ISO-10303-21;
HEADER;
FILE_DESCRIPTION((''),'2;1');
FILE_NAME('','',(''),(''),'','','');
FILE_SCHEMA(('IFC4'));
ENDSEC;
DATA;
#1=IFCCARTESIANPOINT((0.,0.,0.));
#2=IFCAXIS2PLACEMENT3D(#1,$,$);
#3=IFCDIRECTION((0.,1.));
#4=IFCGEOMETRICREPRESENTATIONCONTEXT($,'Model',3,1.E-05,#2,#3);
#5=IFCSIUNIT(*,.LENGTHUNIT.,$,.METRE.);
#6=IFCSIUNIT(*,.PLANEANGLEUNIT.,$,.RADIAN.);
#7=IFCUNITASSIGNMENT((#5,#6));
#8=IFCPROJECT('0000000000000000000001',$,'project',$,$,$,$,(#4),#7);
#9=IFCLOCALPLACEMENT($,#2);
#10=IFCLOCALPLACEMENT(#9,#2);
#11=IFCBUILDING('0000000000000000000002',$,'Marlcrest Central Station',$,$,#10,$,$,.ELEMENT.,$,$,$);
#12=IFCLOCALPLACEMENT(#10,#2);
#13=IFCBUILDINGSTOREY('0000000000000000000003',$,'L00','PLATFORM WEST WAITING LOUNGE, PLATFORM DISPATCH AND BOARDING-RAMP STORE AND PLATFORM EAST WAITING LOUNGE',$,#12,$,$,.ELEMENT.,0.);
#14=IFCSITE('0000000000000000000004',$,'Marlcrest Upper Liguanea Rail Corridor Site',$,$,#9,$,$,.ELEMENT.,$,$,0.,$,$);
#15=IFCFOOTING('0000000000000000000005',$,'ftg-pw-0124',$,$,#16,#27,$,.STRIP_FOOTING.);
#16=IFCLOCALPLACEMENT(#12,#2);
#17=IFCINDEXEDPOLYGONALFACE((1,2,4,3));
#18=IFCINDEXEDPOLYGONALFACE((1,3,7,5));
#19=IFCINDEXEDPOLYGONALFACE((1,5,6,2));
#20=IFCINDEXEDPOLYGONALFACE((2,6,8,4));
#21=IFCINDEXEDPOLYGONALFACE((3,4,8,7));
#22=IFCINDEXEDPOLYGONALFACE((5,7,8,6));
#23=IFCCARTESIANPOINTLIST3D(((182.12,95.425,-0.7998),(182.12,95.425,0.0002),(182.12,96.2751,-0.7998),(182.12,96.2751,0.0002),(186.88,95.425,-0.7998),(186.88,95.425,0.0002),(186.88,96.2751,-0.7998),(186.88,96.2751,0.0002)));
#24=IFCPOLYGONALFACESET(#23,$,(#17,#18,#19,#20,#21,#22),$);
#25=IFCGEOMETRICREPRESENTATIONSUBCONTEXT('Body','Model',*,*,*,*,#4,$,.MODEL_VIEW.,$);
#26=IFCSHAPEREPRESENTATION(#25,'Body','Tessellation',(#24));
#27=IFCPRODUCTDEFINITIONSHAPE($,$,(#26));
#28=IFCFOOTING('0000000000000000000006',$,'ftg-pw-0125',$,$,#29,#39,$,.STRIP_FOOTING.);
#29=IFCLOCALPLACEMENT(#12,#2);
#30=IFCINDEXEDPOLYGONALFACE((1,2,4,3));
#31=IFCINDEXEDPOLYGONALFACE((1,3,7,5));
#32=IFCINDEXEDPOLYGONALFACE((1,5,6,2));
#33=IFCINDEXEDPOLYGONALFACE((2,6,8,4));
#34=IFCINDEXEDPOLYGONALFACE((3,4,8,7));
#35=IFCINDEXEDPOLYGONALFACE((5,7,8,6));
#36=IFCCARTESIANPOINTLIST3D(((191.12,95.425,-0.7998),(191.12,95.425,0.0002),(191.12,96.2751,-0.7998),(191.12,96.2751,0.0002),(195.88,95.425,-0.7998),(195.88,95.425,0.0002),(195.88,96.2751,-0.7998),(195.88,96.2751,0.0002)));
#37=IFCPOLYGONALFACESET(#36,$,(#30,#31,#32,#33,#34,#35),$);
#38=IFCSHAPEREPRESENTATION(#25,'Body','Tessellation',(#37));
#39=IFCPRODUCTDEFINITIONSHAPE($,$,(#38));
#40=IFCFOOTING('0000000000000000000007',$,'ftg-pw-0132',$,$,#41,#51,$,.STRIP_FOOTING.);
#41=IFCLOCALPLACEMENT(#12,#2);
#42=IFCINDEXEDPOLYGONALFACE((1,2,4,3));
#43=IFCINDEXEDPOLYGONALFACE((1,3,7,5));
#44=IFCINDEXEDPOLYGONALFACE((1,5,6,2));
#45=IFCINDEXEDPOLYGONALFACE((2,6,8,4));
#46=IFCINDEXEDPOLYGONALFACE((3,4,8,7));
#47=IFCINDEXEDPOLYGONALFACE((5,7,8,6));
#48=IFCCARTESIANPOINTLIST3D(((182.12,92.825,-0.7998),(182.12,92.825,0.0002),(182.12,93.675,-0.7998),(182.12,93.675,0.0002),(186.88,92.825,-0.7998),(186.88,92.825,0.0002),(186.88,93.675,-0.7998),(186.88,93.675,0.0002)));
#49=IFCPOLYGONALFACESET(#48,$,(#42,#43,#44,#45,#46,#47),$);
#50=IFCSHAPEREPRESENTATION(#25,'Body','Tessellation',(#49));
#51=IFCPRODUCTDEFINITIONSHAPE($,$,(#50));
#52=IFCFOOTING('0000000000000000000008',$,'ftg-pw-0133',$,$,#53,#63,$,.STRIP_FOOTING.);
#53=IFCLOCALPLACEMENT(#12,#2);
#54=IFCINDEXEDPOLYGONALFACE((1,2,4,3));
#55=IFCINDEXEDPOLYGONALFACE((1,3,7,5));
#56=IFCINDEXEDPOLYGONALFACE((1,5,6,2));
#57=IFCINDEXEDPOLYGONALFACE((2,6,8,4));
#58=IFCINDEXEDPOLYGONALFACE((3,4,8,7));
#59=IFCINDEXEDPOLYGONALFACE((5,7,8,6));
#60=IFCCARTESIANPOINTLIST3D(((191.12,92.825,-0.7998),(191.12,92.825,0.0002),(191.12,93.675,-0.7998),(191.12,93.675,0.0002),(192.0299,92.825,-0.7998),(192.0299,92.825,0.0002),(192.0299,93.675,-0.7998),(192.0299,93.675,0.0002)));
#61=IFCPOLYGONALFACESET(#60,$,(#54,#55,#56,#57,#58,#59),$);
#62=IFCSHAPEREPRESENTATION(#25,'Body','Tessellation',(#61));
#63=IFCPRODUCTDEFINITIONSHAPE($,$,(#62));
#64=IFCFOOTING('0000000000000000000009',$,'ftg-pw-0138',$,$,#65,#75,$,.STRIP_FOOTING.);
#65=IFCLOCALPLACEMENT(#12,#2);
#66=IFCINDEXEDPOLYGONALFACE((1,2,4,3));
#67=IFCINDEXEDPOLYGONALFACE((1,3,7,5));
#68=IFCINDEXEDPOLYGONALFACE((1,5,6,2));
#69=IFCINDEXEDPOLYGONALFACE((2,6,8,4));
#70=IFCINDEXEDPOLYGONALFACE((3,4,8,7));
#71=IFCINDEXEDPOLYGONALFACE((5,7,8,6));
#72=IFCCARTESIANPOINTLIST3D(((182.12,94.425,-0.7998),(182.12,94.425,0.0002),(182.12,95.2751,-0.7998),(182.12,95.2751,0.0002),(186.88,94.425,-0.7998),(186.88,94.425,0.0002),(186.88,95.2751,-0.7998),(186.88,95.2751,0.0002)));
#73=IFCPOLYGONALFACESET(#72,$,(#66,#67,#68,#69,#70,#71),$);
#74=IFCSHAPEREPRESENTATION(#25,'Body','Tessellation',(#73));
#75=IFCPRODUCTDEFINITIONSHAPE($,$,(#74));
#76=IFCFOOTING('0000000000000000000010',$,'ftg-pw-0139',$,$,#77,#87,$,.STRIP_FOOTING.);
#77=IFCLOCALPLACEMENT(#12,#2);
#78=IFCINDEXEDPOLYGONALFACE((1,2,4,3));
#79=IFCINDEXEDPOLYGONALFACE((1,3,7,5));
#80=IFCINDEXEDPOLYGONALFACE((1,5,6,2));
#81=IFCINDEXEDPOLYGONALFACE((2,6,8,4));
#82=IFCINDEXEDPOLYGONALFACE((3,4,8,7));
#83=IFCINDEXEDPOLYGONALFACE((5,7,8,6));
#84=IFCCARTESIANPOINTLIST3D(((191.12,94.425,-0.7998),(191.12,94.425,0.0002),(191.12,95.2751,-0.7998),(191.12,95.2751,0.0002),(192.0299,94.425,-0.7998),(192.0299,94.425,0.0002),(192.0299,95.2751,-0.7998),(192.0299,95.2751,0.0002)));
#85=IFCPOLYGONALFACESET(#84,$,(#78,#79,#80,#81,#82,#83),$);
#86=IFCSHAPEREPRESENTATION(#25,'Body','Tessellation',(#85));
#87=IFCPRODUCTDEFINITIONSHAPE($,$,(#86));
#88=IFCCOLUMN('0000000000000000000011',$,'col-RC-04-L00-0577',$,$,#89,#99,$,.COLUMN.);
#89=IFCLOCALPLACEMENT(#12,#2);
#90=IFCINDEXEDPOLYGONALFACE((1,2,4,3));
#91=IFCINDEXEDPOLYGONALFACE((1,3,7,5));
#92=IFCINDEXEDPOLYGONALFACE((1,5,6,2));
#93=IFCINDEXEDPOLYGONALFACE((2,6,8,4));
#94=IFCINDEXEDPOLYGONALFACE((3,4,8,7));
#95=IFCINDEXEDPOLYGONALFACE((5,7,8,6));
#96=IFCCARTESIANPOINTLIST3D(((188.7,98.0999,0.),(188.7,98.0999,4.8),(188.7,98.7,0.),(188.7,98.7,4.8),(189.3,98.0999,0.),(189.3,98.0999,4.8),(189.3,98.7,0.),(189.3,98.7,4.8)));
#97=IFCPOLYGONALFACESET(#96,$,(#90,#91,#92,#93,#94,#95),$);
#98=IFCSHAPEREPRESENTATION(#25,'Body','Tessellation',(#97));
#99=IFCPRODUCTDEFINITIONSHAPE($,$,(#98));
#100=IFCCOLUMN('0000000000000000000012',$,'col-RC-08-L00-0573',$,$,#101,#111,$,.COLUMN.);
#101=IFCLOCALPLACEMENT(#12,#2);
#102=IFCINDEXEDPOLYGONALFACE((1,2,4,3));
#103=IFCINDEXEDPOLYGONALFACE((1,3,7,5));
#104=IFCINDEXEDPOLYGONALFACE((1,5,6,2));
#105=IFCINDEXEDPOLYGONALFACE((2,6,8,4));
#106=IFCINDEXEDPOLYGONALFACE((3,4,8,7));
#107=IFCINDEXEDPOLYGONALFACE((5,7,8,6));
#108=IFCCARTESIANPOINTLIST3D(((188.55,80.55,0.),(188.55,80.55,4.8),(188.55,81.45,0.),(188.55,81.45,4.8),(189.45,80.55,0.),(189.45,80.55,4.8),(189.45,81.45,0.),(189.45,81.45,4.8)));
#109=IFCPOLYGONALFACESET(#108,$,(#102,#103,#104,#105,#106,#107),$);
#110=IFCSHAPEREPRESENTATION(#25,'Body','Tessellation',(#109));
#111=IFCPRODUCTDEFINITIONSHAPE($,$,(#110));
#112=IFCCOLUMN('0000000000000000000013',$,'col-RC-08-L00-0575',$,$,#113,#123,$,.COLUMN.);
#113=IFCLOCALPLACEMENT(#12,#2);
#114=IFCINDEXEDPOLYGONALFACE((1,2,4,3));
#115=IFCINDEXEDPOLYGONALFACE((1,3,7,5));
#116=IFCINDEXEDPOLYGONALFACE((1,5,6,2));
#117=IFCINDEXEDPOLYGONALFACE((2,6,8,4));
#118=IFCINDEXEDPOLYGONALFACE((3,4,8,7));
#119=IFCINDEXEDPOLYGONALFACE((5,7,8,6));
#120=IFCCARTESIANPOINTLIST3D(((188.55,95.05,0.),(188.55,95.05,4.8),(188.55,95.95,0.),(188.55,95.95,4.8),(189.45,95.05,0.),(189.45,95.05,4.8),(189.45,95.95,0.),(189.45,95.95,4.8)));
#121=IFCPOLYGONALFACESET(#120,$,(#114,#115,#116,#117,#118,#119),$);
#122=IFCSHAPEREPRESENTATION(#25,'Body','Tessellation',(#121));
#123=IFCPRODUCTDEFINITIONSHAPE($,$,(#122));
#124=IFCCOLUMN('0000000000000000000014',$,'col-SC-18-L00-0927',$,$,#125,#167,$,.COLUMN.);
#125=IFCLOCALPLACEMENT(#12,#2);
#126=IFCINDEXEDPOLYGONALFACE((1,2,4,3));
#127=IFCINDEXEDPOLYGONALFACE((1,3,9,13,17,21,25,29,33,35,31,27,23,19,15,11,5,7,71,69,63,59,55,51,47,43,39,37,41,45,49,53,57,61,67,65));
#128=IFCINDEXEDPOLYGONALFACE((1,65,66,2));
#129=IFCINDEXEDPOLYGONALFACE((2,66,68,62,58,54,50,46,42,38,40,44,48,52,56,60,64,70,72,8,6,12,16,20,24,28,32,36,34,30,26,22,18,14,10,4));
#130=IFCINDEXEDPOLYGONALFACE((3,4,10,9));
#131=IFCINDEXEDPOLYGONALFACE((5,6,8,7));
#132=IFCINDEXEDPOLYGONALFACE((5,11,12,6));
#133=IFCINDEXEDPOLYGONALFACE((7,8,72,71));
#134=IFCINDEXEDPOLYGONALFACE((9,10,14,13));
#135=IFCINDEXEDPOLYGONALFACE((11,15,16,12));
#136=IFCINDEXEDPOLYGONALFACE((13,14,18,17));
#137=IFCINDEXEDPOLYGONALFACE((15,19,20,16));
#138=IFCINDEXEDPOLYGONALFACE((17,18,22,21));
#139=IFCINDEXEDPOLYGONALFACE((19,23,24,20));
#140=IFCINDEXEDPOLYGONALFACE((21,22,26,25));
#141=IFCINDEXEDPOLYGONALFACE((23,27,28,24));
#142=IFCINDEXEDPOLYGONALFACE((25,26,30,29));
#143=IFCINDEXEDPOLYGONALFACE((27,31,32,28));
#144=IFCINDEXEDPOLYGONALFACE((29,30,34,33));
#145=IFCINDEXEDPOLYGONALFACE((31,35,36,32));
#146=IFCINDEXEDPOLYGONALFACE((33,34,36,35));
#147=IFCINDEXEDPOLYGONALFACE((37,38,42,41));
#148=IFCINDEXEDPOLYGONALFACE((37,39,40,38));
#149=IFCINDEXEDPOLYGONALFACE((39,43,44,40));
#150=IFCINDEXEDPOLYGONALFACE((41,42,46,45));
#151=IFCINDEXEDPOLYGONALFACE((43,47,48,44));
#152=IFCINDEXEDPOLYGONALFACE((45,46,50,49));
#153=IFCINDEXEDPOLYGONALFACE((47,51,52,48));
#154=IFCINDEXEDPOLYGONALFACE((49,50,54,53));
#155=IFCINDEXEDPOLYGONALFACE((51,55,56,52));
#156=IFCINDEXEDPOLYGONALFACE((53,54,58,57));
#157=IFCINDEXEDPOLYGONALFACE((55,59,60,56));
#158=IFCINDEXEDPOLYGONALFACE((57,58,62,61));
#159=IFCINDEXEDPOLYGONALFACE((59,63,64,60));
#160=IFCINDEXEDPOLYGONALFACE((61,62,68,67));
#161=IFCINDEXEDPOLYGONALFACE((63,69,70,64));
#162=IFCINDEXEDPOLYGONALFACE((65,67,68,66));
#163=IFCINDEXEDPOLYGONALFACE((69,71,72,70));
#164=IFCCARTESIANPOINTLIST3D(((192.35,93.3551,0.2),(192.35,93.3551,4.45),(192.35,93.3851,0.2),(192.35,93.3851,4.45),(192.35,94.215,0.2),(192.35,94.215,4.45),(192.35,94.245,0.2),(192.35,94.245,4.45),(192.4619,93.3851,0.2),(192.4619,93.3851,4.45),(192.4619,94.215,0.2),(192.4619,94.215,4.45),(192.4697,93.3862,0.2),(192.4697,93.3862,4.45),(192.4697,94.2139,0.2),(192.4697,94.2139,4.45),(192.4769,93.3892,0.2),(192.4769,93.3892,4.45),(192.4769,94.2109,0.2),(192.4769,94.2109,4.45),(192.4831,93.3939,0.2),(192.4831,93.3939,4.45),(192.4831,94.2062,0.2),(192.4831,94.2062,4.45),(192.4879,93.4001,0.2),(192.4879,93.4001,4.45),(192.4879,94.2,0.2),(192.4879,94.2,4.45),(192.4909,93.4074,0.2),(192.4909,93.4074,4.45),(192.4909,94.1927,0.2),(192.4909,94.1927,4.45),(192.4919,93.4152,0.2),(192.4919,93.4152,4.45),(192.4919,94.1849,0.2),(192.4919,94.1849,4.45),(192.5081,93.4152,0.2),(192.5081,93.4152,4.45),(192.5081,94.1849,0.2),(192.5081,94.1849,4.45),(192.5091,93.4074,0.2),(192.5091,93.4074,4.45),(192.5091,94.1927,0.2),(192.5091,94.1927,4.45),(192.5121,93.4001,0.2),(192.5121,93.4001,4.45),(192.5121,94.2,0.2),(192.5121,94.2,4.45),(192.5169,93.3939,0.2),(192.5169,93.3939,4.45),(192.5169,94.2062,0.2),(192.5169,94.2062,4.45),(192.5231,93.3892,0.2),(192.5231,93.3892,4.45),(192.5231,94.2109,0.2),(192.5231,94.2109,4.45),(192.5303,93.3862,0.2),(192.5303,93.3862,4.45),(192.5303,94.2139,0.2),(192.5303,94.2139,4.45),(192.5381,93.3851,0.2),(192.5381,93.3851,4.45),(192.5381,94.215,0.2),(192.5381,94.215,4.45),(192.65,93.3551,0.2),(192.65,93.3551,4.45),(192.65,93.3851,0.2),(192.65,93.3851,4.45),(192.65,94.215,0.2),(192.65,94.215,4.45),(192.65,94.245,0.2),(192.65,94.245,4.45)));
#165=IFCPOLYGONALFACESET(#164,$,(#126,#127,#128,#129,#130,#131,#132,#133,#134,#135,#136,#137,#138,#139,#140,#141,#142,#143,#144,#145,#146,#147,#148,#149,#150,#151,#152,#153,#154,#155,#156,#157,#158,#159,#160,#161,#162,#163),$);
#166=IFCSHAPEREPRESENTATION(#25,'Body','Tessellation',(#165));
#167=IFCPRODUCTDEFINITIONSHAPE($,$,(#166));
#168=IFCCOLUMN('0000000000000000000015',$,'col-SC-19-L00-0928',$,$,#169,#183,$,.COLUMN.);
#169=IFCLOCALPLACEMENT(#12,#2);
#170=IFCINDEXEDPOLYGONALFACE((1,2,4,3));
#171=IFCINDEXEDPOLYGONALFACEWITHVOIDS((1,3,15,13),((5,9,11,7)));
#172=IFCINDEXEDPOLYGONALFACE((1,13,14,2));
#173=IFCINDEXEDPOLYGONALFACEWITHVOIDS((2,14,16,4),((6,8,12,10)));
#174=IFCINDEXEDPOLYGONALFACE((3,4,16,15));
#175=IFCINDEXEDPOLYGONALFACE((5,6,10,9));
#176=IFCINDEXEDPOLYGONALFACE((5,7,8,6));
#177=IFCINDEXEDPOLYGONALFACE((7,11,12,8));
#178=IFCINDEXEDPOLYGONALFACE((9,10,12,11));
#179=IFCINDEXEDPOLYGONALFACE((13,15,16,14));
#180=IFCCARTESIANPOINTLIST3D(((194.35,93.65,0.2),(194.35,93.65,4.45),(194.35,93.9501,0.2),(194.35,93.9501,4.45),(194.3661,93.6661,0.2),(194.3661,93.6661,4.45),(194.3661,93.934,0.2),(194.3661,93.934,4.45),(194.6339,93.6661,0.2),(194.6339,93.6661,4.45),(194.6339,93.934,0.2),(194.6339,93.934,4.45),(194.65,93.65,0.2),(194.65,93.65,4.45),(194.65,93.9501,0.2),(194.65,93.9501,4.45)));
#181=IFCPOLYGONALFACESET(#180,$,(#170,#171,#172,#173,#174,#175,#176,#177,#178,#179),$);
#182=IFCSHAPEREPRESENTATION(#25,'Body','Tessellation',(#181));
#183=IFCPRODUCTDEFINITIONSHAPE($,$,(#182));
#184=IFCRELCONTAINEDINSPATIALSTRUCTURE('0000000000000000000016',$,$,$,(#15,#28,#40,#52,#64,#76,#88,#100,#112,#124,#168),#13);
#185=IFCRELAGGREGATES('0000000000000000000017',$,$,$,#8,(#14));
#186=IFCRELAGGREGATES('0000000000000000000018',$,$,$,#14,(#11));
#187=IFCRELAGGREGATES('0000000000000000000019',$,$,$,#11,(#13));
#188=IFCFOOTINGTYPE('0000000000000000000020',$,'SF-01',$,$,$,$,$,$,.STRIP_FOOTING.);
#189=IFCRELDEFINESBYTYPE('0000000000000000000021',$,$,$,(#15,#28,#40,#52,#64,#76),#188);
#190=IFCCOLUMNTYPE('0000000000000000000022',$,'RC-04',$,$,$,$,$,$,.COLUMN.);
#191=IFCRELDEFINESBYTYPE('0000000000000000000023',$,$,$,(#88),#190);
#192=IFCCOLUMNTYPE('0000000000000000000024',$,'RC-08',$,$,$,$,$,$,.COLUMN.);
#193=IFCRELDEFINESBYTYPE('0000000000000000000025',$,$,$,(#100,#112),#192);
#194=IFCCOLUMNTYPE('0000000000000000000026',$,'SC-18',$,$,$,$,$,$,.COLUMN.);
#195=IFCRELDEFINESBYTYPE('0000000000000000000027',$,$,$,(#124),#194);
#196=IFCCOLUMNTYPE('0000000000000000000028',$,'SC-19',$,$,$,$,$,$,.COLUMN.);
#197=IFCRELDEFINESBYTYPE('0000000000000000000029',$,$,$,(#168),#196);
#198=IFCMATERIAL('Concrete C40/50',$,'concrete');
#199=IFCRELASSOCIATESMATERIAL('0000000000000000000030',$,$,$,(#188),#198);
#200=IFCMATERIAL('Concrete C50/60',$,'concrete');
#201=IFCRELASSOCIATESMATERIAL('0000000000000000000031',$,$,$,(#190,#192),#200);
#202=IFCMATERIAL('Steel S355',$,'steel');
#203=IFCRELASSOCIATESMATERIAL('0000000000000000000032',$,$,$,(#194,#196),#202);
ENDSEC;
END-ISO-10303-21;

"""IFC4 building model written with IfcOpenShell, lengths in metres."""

from ifc_helpers import new_model, si_unit, direction, frame, origin, origin_2d, place, context, subcontext, project, spatial, rectangle, hollow_rectangle, i_section, extrude, material, material_profile, profile_set, type_object, element, save


model = new_model("IFC4")

# Units and contexts
model_context = context("Model", 3, precision=1e-05, world=origin(), true_north=direction((0.0, 1.0)))
body_context = subcontext(model_context, "Body", "Model", "MODEL_VIEW")
ifc_project = project(units=[si_unit("LENGTHUNIT", "METRE"), si_unit("PLANEANGLEUNIT", "RADIAN")], contexts=[model_context])

# Site, building, storey
site_placement = place(None, origin())
site = spatial("IfcSite", under=ifc_project, at=site_placement, Name="Marlcrest Upper Liguanea Rail Corridor Site", CompositionType="ELEMENT", RefElevation=0.0)
building_placement = place(site_placement, origin())
building = spatial("IfcBuilding", under=site, at=building_placement, Name="Marlcrest Central Station", CompositionType="ELEMENT")
storey_placement = place(building_placement, origin())
storey = spatial("IfcBuildingStorey", under=building, at=storey_placement, Name="L00", Description="PLATFORM WEST WAITING LOUNGE, PLATFORM DISPATCH AND BOARDING-RAMP STORE AND PLATFORM EAST WAITING LOUNGE", CompositionType="ELEMENT", Elevation=0.0)

# Footings
ifc_material_1 = material(Name="Concrete C40/50", Category="concrete")
footing_type_1 = type_object("IfcFootingType", Name="SF-01", PredefinedType="STRIP_FOOTING", material=ifc_material_1)
for number, where, z_axis, x_axis, name in (
    (1, (184.5, 95.8501, -0.7998), (0.0, 0.0, 1.0), (1.0, 0.0, 0.0), "ftg-pw-0124"),
    (2, (193.5, 95.8501, -0.7998), (0.0, 0.0, 1.0), (1.0, 0.0, 0.0), "ftg-pw-0125"),
    (3, (184.5, 93.25, -0.7998), (0.0, 0.0, 1.0), (1.0, 0.0, 0.0), "ftg-pw-0132"),
):
    element("IfcFooting", number, at=place(storey_placement, frame(where, z_axis=z_axis, x_axis=x_axis)), inside=storey, type_object=footing_type_1, Name=name, PredefinedType="STRIP_FOOTING", context=body_context, shape_type="SweptSolid", body=[
        extrude(rectangle(XDim=4.76, YDim=0.8501, at=origin_2d()), origin(), (0.0, 0.0, 1.0), 0.8),
    ])
footing_1_placement = place(storey_placement, frame((191.575, 93.25, -0.7998), z_axis=(0.0, 0.0, 1.0), x_axis=(1.0, 0.0, 0.0)))
element("IfcFooting", 4, at=footing_1_placement, inside=storey, type_object=footing_type_1, Name="ftg-pw-0133", PredefinedType="STRIP_FOOTING", context=body_context, shape_type="SweptSolid", body=[
    extrude(rectangle(XDim=0.9099, YDim=0.8501, at=origin_2d()), origin(), (0.0, 0.0, 1.0), 0.8),
])
footing_2_placement = place(storey_placement, frame((184.5, 94.8501, -0.7998), z_axis=(0.0, 0.0, 1.0), x_axis=(1.0, 0.0, 0.0)))
element("IfcFooting", 5, at=footing_2_placement, inside=storey, type_object=footing_type_1, Name="ftg-pw-0138", PredefinedType="STRIP_FOOTING", context=body_context, shape_type="SweptSolid", body=[
    extrude(rectangle(XDim=4.76, YDim=0.8501, at=origin_2d()), origin(), (0.0, 0.0, 1.0), 0.8),
])
footing_3_placement = place(storey_placement, frame((191.575, 94.8501, -0.7998), z_axis=(0.0, 0.0, 1.0), x_axis=(1.0, 0.0, 0.0)))
element("IfcFooting", 6, at=footing_3_placement, inside=storey, type_object=footing_type_1, Name="ftg-pw-0139", PredefinedType="STRIP_FOOTING", context=body_context, shape_type="SweptSolid", body=[
    extrude(rectangle(XDim=0.9099, YDim=0.8501, at=origin_2d()), origin(), (0.0, 0.0, 1.0), 0.8),
])

# Columns
ifc_material_2 = material(Name="Concrete C50/60", Category="concrete")
ifc_material_profile_1 = material_profile(ifc_material_2, rectangle(XDim=0.6001, YDim=0.6001, at=origin_2d()), Name="RC 600x600")
ifc_profile_set_1 = profile_set([ifc_material_profile_1], Name="Concrete C50/60")
column_type_1 = type_object("IfcColumnType", Name="RC-04", PredefinedType="COLUMN", material=ifc_profile_set_1)
column_1_placement = place(storey_placement, frame((189.0, 98.3999, 0.0), z_axis=(0.0, 0.0, 1.0), x_axis=(1.0, 0.0, 0.0)))
element("IfcColumn", 7, at=column_1_placement, inside=storey, type_object=column_type_1, Name="col-RC-04-L00-0577", PredefinedType="COLUMN", context=body_context, shape_type="SweptSolid", body=[
    extrude(rectangle(XDim=0.6001, YDim=0.6001, at=origin_2d()), origin(), (0.0, 0.0, 1.0), 4.8),
])
ifc_material_profile_2 = material_profile(ifc_material_2, rectangle(XDim=0.8999, YDim=0.8999, at=origin_2d()), Name="RC 900x900")
ifc_profile_set_2 = profile_set([ifc_material_profile_2], Name="Concrete C50/60")
column_type_2 = type_object("IfcColumnType", Name="RC-08", PredefinedType="COLUMN", material=ifc_profile_set_2)
for number, where, z_axis, x_axis, name in (
    (8, (189.0, 81.0, 0.0), (0.0, 0.0, 1.0), (1.0, 0.0, 0.0), "col-RC-08-L00-0573"),
    (9, (189.0, 95.5, 0.0), (0.0, 0.0, 1.0), (1.0, 0.0, 0.0), "col-RC-08-L00-0575"),
):
    element("IfcColumn", number, at=place(storey_placement, frame(where, z_axis=z_axis, x_axis=x_axis)), inside=storey, type_object=column_type_2, Name=name, PredefinedType="COLUMN", context=body_context, shape_type="SweptSolid", body=[
        extrude(rectangle(XDim=0.8999, YDim=0.8999, at=origin_2d()), origin(), (0.0, 0.0, 1.0), 4.8),
    ])
ifc_material_3 = material(Name="Steel S355", Category="steel")
ifc_material_profile_3 = material_profile(ifc_material_3, i_section(OverallWidth=0.3, OverallDepth=0.8899, WebThickness=0.0161, FlangeThickness=0.03, FilletRadius=0.03, at=origin_2d()), Name="HEA 900")
ifc_profile_set_3 = profile_set([ifc_material_profile_3], Name="Steel S355")
column_type_3 = type_object("IfcColumnType", Name="SC-18", PredefinedType="COLUMN", material=ifc_profile_set_3)
column_2_placement = place(storey_placement, frame((192.5, 93.8, 0.2), z_axis=(0.0, 0.0, 1.0), x_axis=(1.0, 0.0, 0.0)))
element("IfcColumn", 10, at=column_2_placement, inside=storey, type_object=column_type_3, Name="col-SC-18-L00-0927", PredefinedType="COLUMN", context=body_context, shape_type="SweptSolid", body=[
    extrude(i_section(OverallWidth=0.3, OverallDepth=0.8899, WebThickness=0.0161, FlangeThickness=0.03, FilletRadius=0.03, at=origin_2d()), origin(), (0.0, 0.0, 1.0), 4.25),
])
ifc_material_profile_4 = material_profile(ifc_material_3, hollow_rectangle(XDim=0.3, YDim=0.3, WallThickness=0.0161, at=origin_2d()), Name="SHS 300x300x16")
ifc_profile_set_4 = profile_set([ifc_material_profile_4], Name="Steel S355")
column_type_4 = type_object("IfcColumnType", Name="SC-19", PredefinedType="COLUMN", material=ifc_profile_set_4)
column_3_placement = place(storey_placement, frame((194.5, 93.8, 0.2), z_axis=(0.0, 0.0, 1.0), x_axis=(1.0, 0.0, 0.0)))
element("IfcColumn", 11, at=column_3_placement, inside=storey, type_object=column_type_4, Name="col-SC-19-L00-0928", PredefinedType="COLUMN", context=body_context, shape_type="SweptSolid", body=[
    extrude(hollow_rectangle(XDim=0.3, YDim=0.3, WallThickness=0.0161, at=origin_2d()), origin(), (0.0, 0.0, 1.0), 4.25),
])

save(model, "model.ifc")
